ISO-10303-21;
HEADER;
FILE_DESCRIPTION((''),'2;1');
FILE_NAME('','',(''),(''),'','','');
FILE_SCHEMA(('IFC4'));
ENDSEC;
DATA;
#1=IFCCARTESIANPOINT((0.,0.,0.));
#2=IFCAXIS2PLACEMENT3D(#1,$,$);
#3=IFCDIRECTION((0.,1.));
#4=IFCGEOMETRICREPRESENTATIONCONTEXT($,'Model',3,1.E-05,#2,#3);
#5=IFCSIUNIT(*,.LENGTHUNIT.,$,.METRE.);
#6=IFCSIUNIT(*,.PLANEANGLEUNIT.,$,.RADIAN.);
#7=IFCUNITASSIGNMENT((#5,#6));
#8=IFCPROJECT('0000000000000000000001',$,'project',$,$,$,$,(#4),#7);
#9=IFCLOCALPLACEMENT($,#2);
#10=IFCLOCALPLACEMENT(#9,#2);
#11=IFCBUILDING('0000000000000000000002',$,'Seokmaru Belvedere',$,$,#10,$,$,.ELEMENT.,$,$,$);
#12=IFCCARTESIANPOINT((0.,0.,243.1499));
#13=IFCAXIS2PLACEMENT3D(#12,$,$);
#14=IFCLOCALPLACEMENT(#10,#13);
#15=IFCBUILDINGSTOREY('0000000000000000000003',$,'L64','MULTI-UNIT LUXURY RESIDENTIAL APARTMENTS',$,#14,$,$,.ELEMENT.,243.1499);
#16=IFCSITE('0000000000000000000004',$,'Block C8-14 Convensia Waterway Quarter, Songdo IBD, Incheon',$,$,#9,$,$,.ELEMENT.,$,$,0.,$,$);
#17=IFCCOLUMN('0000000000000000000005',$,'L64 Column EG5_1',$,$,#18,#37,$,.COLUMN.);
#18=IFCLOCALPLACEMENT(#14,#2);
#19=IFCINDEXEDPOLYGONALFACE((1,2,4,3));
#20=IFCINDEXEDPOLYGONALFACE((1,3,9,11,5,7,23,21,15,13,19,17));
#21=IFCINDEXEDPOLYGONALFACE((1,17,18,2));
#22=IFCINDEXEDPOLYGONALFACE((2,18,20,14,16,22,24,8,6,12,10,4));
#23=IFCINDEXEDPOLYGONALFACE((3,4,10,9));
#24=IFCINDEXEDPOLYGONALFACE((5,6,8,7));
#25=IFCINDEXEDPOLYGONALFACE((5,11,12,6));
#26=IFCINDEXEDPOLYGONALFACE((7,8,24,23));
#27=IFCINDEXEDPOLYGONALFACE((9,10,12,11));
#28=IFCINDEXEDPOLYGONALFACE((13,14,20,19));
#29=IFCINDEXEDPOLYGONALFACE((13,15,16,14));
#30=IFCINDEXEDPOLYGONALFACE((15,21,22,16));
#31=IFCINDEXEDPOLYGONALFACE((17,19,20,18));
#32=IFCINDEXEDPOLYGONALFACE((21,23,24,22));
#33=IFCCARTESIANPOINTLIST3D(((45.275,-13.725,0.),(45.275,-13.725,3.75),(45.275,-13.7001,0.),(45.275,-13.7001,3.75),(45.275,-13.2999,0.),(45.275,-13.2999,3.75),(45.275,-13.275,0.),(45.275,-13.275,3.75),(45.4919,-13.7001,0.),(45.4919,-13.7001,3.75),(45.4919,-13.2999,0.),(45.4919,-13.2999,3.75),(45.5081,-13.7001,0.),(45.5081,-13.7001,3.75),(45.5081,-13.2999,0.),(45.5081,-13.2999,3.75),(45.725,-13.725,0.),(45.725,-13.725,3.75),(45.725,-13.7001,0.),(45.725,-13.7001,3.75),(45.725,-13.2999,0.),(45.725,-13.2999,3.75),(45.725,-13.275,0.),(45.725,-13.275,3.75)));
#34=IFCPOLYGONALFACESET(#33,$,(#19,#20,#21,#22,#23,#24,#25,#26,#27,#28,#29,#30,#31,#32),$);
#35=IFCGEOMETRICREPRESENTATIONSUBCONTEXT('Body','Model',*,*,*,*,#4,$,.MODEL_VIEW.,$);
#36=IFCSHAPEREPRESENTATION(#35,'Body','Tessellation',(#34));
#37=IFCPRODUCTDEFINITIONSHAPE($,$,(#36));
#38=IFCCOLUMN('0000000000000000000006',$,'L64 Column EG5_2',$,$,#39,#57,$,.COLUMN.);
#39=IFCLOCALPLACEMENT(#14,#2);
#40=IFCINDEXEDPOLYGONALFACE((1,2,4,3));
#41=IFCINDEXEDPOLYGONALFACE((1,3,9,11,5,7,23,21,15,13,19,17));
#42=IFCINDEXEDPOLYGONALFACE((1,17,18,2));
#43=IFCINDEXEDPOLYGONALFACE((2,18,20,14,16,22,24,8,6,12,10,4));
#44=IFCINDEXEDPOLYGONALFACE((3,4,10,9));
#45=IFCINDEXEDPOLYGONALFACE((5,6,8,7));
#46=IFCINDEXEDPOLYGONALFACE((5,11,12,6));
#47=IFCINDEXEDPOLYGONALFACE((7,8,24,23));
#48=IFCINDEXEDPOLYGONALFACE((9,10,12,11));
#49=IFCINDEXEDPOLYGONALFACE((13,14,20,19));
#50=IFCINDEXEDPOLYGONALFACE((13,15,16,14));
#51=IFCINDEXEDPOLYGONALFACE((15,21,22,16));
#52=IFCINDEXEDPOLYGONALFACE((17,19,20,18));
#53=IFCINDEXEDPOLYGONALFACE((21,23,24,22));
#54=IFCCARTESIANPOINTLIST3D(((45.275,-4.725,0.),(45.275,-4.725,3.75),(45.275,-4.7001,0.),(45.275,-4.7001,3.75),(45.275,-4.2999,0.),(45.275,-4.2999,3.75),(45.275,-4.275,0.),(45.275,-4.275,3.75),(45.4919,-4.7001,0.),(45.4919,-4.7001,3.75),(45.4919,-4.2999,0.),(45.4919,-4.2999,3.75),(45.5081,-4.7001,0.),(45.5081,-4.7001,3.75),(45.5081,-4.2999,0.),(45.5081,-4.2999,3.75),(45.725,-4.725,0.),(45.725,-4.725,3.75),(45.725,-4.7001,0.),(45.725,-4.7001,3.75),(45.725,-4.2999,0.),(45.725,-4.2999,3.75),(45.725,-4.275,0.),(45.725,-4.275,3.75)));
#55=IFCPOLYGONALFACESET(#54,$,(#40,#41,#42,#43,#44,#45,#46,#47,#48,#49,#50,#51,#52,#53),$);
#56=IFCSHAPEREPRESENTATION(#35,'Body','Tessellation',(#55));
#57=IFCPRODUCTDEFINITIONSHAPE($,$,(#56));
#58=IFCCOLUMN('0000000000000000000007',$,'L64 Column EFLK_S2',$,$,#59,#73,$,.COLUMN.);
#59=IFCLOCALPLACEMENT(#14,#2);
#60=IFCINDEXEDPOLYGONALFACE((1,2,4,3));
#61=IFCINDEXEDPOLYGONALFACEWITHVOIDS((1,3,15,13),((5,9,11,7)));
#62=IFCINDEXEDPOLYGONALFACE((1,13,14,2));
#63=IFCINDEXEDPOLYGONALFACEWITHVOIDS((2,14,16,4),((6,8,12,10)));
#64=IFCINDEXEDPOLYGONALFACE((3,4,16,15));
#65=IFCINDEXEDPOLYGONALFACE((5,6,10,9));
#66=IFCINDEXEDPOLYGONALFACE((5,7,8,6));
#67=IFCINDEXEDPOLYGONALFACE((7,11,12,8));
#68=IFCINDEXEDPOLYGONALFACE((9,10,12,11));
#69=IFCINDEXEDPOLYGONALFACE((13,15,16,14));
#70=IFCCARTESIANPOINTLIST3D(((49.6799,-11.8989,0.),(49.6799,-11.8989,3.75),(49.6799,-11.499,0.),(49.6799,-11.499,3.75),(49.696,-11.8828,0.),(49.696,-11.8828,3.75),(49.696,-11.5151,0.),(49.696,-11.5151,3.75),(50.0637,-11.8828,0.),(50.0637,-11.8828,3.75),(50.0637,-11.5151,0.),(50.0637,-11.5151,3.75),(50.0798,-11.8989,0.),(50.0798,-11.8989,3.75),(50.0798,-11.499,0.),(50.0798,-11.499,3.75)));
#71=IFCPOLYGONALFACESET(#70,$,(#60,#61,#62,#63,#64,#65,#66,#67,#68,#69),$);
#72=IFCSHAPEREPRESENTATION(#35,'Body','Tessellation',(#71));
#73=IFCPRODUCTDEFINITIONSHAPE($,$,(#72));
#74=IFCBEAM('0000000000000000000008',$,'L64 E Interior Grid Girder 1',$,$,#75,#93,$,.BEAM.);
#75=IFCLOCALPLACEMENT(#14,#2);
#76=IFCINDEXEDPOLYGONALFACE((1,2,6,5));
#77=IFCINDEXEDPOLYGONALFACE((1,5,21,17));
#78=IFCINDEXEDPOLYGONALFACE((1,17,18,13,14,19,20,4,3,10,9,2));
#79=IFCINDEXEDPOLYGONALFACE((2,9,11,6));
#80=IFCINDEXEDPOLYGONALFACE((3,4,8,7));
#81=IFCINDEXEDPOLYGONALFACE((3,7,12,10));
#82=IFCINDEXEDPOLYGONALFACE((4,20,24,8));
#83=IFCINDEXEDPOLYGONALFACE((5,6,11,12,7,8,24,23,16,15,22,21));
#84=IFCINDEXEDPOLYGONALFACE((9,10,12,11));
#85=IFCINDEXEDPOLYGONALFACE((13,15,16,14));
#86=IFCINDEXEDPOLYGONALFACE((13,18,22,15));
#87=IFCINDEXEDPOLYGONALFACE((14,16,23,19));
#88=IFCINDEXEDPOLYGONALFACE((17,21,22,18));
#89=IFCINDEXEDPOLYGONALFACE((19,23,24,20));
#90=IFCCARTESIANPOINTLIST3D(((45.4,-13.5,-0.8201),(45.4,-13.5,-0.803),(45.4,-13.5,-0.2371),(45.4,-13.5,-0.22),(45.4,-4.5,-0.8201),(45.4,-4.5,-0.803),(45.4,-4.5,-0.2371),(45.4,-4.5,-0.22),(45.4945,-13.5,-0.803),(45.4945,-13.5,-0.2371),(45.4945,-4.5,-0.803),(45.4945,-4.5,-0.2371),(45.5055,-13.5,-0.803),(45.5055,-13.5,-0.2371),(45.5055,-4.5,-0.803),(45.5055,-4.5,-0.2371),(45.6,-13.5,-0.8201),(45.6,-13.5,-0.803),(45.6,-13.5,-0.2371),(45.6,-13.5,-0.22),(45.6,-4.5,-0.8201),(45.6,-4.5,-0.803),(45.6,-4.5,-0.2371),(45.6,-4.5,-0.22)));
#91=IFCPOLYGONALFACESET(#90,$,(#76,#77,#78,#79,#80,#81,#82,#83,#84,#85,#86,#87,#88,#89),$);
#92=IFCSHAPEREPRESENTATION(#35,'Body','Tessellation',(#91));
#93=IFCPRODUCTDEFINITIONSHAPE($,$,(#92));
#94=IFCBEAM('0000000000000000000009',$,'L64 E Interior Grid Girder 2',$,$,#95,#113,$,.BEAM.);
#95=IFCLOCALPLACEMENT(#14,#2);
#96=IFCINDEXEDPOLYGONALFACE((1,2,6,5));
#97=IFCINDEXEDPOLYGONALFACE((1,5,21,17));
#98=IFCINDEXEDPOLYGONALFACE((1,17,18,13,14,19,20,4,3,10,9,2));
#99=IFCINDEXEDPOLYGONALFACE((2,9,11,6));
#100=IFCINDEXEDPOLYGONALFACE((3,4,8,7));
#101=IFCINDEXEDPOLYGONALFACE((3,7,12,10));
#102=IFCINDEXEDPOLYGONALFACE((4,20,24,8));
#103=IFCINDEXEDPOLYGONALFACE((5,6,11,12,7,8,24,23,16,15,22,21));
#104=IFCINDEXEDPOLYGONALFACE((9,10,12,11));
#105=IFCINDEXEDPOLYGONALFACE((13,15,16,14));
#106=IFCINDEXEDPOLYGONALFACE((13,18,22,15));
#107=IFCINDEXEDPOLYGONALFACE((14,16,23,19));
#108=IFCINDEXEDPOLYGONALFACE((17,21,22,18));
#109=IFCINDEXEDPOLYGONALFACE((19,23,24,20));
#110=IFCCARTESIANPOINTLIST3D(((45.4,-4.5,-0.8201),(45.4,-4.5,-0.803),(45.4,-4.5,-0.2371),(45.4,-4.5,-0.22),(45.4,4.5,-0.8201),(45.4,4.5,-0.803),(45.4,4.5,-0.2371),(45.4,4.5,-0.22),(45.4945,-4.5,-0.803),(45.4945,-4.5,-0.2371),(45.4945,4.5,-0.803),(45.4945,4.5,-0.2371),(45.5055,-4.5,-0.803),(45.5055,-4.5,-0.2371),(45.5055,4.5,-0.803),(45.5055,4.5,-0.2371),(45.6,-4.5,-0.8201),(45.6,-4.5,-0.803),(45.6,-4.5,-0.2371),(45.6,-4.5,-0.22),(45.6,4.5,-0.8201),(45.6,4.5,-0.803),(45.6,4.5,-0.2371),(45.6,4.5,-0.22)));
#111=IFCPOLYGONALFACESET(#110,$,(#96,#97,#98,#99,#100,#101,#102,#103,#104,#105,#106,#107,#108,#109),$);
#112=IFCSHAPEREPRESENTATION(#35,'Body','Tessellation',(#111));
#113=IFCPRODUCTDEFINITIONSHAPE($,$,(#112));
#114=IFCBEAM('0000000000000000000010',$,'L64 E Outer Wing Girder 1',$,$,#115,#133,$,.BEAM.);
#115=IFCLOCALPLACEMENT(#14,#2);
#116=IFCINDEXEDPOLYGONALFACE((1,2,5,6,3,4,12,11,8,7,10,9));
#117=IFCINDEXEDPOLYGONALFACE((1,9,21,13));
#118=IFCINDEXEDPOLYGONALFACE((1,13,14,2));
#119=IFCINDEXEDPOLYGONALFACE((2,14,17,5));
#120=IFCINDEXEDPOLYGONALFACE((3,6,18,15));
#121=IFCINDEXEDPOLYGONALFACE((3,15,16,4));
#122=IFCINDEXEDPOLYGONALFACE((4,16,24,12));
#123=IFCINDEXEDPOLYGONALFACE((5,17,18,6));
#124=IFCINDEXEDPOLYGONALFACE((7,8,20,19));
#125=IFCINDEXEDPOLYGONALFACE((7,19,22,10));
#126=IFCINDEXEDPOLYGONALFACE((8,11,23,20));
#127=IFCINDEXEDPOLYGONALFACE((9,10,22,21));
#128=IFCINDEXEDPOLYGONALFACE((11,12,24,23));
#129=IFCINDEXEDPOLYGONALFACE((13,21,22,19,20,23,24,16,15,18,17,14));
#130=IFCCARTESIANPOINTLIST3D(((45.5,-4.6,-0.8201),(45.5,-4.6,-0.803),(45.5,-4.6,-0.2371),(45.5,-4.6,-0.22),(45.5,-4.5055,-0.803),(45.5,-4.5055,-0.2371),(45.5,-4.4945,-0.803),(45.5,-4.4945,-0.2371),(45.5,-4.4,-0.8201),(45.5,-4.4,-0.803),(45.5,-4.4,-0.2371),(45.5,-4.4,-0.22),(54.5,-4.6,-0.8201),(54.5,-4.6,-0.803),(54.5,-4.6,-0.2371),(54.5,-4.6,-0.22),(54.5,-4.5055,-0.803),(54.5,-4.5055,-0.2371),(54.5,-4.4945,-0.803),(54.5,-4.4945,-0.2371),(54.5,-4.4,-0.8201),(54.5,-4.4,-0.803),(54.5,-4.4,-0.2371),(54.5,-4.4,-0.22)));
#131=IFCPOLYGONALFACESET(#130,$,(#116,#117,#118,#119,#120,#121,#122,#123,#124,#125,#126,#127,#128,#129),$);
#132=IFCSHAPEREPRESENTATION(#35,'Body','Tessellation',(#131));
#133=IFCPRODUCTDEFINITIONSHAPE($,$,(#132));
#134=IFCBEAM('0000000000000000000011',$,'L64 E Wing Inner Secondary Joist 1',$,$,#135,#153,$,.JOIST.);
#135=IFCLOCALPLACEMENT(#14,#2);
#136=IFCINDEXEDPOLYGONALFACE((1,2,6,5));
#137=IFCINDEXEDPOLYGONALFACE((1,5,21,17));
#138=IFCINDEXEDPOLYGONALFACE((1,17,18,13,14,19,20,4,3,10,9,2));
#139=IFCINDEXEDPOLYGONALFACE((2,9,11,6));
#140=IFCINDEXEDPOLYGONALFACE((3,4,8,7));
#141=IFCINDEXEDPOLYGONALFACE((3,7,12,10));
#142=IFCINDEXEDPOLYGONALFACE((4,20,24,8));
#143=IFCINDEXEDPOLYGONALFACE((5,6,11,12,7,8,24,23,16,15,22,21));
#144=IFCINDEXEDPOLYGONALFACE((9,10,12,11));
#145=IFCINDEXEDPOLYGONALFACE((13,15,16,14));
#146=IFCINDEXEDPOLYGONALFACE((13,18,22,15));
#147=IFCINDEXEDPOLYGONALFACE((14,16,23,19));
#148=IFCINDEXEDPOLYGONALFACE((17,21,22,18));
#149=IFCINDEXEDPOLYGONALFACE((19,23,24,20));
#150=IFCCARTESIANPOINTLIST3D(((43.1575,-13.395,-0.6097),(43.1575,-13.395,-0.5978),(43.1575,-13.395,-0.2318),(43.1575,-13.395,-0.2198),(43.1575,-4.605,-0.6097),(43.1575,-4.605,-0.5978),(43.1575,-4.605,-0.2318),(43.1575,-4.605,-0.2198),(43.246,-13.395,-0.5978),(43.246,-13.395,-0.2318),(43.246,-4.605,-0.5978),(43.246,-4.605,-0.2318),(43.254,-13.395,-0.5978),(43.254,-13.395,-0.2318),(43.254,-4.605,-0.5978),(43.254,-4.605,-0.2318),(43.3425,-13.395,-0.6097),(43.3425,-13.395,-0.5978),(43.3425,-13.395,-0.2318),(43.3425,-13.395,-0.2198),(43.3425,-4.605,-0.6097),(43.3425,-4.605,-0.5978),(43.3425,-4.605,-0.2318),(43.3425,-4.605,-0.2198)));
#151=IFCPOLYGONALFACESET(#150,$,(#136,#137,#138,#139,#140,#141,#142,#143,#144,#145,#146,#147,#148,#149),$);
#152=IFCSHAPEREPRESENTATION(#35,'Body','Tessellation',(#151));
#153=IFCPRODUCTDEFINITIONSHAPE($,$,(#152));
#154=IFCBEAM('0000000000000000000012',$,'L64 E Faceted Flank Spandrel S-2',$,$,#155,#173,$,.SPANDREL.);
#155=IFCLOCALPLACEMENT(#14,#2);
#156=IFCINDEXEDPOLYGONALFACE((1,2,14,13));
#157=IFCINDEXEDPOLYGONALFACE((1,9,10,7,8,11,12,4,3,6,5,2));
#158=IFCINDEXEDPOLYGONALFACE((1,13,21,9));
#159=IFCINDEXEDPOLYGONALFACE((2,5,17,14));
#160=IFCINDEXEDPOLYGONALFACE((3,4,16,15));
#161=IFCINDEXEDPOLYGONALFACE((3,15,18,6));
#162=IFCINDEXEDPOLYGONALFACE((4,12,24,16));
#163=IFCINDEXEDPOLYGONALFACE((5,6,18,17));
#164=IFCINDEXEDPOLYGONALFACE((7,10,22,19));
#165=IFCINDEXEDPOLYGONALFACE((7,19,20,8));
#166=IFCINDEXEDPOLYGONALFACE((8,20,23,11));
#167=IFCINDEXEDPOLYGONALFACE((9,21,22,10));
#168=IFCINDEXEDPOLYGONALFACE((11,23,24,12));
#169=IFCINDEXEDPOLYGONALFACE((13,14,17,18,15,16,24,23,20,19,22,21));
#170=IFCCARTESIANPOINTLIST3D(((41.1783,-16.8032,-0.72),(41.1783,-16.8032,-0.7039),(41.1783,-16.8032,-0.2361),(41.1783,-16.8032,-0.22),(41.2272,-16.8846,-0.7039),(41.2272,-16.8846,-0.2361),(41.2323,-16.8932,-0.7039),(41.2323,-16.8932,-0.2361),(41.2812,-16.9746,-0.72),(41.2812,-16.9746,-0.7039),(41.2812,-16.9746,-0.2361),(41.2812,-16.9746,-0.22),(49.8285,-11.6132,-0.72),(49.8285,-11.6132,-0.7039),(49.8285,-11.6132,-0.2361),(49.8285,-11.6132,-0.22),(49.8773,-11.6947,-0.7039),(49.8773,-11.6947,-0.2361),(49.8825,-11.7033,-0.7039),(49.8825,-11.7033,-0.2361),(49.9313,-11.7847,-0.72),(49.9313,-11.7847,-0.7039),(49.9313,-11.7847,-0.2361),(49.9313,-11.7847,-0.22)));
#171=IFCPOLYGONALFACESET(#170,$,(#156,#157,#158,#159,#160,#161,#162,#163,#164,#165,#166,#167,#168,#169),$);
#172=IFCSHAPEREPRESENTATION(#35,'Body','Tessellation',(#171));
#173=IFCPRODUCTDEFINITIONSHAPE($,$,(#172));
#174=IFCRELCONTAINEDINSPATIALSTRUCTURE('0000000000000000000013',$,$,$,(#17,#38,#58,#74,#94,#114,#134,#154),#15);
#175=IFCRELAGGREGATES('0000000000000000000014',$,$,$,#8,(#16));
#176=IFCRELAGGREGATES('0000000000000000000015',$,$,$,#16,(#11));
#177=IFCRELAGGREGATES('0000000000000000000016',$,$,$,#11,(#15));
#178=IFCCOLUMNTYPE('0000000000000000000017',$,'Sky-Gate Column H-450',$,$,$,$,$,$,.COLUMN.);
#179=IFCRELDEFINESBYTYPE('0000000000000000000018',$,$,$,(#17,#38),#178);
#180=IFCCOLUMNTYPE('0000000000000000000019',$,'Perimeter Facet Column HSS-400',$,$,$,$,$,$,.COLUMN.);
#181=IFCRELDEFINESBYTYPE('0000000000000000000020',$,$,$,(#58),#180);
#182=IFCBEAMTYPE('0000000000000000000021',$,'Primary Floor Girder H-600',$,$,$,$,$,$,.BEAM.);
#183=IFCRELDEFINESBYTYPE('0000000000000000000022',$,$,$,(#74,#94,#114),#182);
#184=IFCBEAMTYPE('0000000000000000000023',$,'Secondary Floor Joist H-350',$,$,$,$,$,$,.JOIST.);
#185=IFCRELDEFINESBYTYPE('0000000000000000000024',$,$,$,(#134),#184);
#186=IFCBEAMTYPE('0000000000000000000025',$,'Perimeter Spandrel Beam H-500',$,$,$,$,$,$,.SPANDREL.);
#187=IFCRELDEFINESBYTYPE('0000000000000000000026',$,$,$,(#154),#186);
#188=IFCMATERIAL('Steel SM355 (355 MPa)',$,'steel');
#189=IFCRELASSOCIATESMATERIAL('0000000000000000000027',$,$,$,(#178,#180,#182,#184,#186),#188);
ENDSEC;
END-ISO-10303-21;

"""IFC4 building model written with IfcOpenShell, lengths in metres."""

from ifc_helpers import new_model, si_unit, direction, frame, origin, origin_2d, place, context, subcontext, project, spatial, hollow_rectangle, i_section, extrude, source, transform, mapped, material, material_profile, profile_set, type_object, type_shapes, element, save


model = new_model("IFC4")

# Units and contexts
model_context = context("Model", 3, precision=1e-05, world=origin(), true_north=direction((0.0, 1.0)))
body_context = subcontext(model_context, "Body", "Model", "MODEL_VIEW")
ifc_project = project(units=[si_unit("LENGTHUNIT", "METRE"), si_unit("PLANEANGLEUNIT", "RADIAN")], contexts=[model_context])

# Site, building, storey
site_placement = place(None, origin())
site = spatial("IfcSite", under=ifc_project, at=site_placement, Name="Block C8-14 Convensia Waterway Quarter, Songdo IBD, Incheon", CompositionType="ELEMENT", RefElevation=0.0)
building_placement = place(site_placement, origin())
building = spatial("IfcBuilding", under=site, at=building_placement, Name="Seokmaru Belvedere", CompositionType="ELEMENT")
storey_placement = place(building_placement, frame((0.0, 0.0, 243.1499)))
storey = spatial("IfcBuildingStorey", under=building, at=storey_placement, Name="L64", Description="MULTI-UNIT LUXURY RESIDENTIAL APARTMENTS", CompositionType="ELEMENT", Elevation=243.1499)

# Columns
ifc_material_1 = material(Name="Steel SM355 (355 MPa)", Category="steel")
ifc_material_profile_1 = material_profile(ifc_material_1, i_section(OverallWidth=0.45, OverallDepth=0.45, WebThickness=0.0161, FlangeThickness=0.0249, at=origin_2d()), Name="H-450x450x16x25")
ifc_profile_set_1 = profile_set([ifc_material_profile_1], Name="Steel SM355 (355 MPa)")
column_type_1 = type_object("IfcColumnType", Name="Sky-Gate Column H-450", PredefinedType="COLUMN", material=ifc_profile_set_1)
shared_shape_1 = source(origin(), body_context, "Body", "SweptSolid", [
    extrude(i_section(OverallWidth=0.45, OverallDepth=0.45, WebThickness=0.0161, FlangeThickness=0.0249, at=origin_2d()), origin(), (0.0, 0.0, 1.0), 3.75),
])
type_shapes(column_type_1, [shared_shape_1])
for number, where, z_axis, x_axis, name in (
    (1, (45.5, -13.5, 0.0), (0.0, 0.0, 1.0), (1.0, 0.0, 0.0), "L64 Column EG5_1"),
    (2, (45.5, -4.5, 0.0), (0.0, 0.0, 1.0), (1.0, 0.0, 0.0), "L64 Column EG5_2"),
):
    element("IfcColumn", number, at=place(storey_placement, frame(where, z_axis=z_axis, x_axis=x_axis)), inside=storey, type_object=column_type_1, Name=name, PredefinedType="COLUMN", context=body_context, shape_type="MappedRepresentation", body=[
        mapped(shared_shape_1, transform((0.0, 0.0, 0.0), scale=1.0)),
    ])
ifc_material_profile_2 = material_profile(ifc_material_1, hollow_rectangle(XDim=0.3999, YDim=0.3999, WallThickness=0.0161, at=origin_2d()), Name="HSS-400x400x16")
ifc_profile_set_2 = profile_set([ifc_material_profile_2], Name="Steel SM355 (355 MPa)")
column_type_2 = type_object("IfcColumnType", Name="Perimeter Facet Column HSS-400", PredefinedType="COLUMN", material=ifc_profile_set_2)
shared_shape_2 = source(origin(), body_context, "Body", "SweptSolid", [
    extrude(hollow_rectangle(XDim=0.3999, YDim=0.3999, WallThickness=0.0161, at=origin_2d()), origin(), (0.0, 0.0, 1.0), 3.75),
])
type_shapes(column_type_2, [shared_shape_2])
column_placement = place(storey_placement, frame((49.8799, -11.699, 0.0), z_axis=(0.0, 0.0, 1.0), x_axis=(1.0, 0.0, 0.0)))
element("IfcColumn", 3, at=column_placement, inside=storey, type_object=column_type_2, Name="L64 Column EFLK_S2", PredefinedType="COLUMN", context=body_context, shape_type="MappedRepresentation", body=[
    mapped(shared_shape_2, transform((0.0, 0.0, 0.0), scale=1.0)),
])

# Beams
ifc_material_profile_3 = material_profile(ifc_material_1, i_section(OverallWidth=0.2, OverallDepth=0.6001, WebThickness=0.011, FlangeThickness=0.0171, at=origin_2d()), Name="H-600x200x11x17")
ifc_profile_set_3 = profile_set([ifc_material_profile_3], Name="Steel SM355 (355 MPa)")
beam_type_1 = type_object("IfcBeamType", Name="Primary Floor Girder H-600", PredefinedType="BEAM", material=ifc_profile_set_3)
shared_shape_3 = source(origin(), body_context, "Body", "SweptSolid", [
    extrude(i_section(OverallWidth=0.2, OverallDepth=0.6001, WebThickness=0.011, FlangeThickness=0.0171, at=origin_2d()), origin(), (0.0, 0.0, 1.0), 9.0),
])
for number, where, z_axis, x_axis, name in (
    (4, (45.5, -13.5, -0.52), (0.0, 1.0, 0.0), (-1.0, 0.0, 0.0), "L64 E Interior Grid Girder 1"),
    (5, (45.5, -4.5, -0.52), (0.0, 1.0, 0.0), (-1.0, 0.0, 0.0), "L64 E Interior Grid Girder 2"),
    (6, (45.5, -4.5, -0.52), (1.0, 0.0, 0.0), (0.0, 1.0, 0.0), "L64 E Outer Wing Girder 1"),
):
    element("IfcBeam", number, at=place(storey_placement, frame(where, z_axis=z_axis, x_axis=x_axis)), inside=storey, type_object=beam_type_1, Name=name, PredefinedType="BEAM", context=body_context, shape_type="MappedRepresentation", body=[
        mapped(shared_shape_3, transform((0.0, 0.0, 0.0), scale=1.0)),
    ])
ifc_material_profile_4 = material_profile(ifc_material_1, i_section(OverallWidth=0.1851, OverallDepth=0.3899, WebThickness=0.0081, FlangeThickness=0.012, at=origin_2d()), Name="H-390x185x8x12")
ifc_profile_set_4 = profile_set([ifc_material_profile_4], Name="Steel SM355 (355 MPa)")
beam_type_2 = type_object("IfcBeamType", Name="Secondary Floor Joist H-350", PredefinedType="JOIST", material=ifc_profile_set_4)
shared_shape_4 = source(origin(), body_context, "Body", "SweptSolid", [
    extrude(i_section(OverallWidth=0.1851, OverallDepth=0.3899, WebThickness=0.0081, FlangeThickness=0.012, at=origin_2d()), origin(), (0.0, 0.0, 1.0), 8.79),
])
type_shapes(beam_type_2, [shared_shape_4])
beam_1_placement = place(storey_placement, frame((43.25, -13.395, -0.4148), z_axis=(0.0, 1.0, 0.0), x_axis=(-1.0, 0.0, 0.0)))
element("IfcBeam", 7, at=beam_1_placement, inside=storey, type_object=beam_type_2, Name="L64 E Wing Inner Secondary Joist 1", PredefinedType="JOIST", context=body_context, shape_type="MappedRepresentation", body=[
    mapped(shared_shape_4, transform((0.0, 0.0, 0.0), scale=1.0)),
])
ifc_material_profile_5 = material_profile(ifc_material_1, i_section(OverallWidth=0.2, OverallDepth=0.5, WebThickness=0.01, FlangeThickness=0.0161, at=origin_2d()), Name="H-500x200x10x16")
ifc_profile_set_5 = profile_set([ifc_material_profile_5], Name="Steel SM355 (355 MPa)")
beam_type_3 = type_object("IfcBeamType", Name="Perimeter Spandrel Beam H-500", PredefinedType="SPANDREL", material=ifc_profile_set_5)
shared_shape_5 = source(origin(), body_context, "Body", "SweptSolid", [
    extrude(i_section(OverallWidth=0.2, OverallDepth=0.5, WebThickness=0.01, FlangeThickness=0.0161, at=origin_2d()), origin(), (0.0, 0.0, 1.0), 10.0876),
])
type_shapes(beam_type_3, [shared_shape_5])
for number, where, z_axis, x_axis, name in (
    (8, (41.2297, -16.8889, -0.47), (0.857499, 0.514485, 0.0), (-0.514485, 0.857499, 0.0), "L64 E Faceted Flank Spandrel S-2"),
):
    element("IfcBeam", number, at=place(storey_placement, frame(where, z_axis=z_axis, x_axis=x_axis)), inside=storey, type_object=beam_type_3, Name=name, PredefinedType="SPANDREL", context=body_context, shape_type="MappedRepresentation", body=[
        mapped(shared_shape_5, transform((0.0, 0.0, 0.0), scale=1.0)),
    ])

save(model, "model.ifc")
